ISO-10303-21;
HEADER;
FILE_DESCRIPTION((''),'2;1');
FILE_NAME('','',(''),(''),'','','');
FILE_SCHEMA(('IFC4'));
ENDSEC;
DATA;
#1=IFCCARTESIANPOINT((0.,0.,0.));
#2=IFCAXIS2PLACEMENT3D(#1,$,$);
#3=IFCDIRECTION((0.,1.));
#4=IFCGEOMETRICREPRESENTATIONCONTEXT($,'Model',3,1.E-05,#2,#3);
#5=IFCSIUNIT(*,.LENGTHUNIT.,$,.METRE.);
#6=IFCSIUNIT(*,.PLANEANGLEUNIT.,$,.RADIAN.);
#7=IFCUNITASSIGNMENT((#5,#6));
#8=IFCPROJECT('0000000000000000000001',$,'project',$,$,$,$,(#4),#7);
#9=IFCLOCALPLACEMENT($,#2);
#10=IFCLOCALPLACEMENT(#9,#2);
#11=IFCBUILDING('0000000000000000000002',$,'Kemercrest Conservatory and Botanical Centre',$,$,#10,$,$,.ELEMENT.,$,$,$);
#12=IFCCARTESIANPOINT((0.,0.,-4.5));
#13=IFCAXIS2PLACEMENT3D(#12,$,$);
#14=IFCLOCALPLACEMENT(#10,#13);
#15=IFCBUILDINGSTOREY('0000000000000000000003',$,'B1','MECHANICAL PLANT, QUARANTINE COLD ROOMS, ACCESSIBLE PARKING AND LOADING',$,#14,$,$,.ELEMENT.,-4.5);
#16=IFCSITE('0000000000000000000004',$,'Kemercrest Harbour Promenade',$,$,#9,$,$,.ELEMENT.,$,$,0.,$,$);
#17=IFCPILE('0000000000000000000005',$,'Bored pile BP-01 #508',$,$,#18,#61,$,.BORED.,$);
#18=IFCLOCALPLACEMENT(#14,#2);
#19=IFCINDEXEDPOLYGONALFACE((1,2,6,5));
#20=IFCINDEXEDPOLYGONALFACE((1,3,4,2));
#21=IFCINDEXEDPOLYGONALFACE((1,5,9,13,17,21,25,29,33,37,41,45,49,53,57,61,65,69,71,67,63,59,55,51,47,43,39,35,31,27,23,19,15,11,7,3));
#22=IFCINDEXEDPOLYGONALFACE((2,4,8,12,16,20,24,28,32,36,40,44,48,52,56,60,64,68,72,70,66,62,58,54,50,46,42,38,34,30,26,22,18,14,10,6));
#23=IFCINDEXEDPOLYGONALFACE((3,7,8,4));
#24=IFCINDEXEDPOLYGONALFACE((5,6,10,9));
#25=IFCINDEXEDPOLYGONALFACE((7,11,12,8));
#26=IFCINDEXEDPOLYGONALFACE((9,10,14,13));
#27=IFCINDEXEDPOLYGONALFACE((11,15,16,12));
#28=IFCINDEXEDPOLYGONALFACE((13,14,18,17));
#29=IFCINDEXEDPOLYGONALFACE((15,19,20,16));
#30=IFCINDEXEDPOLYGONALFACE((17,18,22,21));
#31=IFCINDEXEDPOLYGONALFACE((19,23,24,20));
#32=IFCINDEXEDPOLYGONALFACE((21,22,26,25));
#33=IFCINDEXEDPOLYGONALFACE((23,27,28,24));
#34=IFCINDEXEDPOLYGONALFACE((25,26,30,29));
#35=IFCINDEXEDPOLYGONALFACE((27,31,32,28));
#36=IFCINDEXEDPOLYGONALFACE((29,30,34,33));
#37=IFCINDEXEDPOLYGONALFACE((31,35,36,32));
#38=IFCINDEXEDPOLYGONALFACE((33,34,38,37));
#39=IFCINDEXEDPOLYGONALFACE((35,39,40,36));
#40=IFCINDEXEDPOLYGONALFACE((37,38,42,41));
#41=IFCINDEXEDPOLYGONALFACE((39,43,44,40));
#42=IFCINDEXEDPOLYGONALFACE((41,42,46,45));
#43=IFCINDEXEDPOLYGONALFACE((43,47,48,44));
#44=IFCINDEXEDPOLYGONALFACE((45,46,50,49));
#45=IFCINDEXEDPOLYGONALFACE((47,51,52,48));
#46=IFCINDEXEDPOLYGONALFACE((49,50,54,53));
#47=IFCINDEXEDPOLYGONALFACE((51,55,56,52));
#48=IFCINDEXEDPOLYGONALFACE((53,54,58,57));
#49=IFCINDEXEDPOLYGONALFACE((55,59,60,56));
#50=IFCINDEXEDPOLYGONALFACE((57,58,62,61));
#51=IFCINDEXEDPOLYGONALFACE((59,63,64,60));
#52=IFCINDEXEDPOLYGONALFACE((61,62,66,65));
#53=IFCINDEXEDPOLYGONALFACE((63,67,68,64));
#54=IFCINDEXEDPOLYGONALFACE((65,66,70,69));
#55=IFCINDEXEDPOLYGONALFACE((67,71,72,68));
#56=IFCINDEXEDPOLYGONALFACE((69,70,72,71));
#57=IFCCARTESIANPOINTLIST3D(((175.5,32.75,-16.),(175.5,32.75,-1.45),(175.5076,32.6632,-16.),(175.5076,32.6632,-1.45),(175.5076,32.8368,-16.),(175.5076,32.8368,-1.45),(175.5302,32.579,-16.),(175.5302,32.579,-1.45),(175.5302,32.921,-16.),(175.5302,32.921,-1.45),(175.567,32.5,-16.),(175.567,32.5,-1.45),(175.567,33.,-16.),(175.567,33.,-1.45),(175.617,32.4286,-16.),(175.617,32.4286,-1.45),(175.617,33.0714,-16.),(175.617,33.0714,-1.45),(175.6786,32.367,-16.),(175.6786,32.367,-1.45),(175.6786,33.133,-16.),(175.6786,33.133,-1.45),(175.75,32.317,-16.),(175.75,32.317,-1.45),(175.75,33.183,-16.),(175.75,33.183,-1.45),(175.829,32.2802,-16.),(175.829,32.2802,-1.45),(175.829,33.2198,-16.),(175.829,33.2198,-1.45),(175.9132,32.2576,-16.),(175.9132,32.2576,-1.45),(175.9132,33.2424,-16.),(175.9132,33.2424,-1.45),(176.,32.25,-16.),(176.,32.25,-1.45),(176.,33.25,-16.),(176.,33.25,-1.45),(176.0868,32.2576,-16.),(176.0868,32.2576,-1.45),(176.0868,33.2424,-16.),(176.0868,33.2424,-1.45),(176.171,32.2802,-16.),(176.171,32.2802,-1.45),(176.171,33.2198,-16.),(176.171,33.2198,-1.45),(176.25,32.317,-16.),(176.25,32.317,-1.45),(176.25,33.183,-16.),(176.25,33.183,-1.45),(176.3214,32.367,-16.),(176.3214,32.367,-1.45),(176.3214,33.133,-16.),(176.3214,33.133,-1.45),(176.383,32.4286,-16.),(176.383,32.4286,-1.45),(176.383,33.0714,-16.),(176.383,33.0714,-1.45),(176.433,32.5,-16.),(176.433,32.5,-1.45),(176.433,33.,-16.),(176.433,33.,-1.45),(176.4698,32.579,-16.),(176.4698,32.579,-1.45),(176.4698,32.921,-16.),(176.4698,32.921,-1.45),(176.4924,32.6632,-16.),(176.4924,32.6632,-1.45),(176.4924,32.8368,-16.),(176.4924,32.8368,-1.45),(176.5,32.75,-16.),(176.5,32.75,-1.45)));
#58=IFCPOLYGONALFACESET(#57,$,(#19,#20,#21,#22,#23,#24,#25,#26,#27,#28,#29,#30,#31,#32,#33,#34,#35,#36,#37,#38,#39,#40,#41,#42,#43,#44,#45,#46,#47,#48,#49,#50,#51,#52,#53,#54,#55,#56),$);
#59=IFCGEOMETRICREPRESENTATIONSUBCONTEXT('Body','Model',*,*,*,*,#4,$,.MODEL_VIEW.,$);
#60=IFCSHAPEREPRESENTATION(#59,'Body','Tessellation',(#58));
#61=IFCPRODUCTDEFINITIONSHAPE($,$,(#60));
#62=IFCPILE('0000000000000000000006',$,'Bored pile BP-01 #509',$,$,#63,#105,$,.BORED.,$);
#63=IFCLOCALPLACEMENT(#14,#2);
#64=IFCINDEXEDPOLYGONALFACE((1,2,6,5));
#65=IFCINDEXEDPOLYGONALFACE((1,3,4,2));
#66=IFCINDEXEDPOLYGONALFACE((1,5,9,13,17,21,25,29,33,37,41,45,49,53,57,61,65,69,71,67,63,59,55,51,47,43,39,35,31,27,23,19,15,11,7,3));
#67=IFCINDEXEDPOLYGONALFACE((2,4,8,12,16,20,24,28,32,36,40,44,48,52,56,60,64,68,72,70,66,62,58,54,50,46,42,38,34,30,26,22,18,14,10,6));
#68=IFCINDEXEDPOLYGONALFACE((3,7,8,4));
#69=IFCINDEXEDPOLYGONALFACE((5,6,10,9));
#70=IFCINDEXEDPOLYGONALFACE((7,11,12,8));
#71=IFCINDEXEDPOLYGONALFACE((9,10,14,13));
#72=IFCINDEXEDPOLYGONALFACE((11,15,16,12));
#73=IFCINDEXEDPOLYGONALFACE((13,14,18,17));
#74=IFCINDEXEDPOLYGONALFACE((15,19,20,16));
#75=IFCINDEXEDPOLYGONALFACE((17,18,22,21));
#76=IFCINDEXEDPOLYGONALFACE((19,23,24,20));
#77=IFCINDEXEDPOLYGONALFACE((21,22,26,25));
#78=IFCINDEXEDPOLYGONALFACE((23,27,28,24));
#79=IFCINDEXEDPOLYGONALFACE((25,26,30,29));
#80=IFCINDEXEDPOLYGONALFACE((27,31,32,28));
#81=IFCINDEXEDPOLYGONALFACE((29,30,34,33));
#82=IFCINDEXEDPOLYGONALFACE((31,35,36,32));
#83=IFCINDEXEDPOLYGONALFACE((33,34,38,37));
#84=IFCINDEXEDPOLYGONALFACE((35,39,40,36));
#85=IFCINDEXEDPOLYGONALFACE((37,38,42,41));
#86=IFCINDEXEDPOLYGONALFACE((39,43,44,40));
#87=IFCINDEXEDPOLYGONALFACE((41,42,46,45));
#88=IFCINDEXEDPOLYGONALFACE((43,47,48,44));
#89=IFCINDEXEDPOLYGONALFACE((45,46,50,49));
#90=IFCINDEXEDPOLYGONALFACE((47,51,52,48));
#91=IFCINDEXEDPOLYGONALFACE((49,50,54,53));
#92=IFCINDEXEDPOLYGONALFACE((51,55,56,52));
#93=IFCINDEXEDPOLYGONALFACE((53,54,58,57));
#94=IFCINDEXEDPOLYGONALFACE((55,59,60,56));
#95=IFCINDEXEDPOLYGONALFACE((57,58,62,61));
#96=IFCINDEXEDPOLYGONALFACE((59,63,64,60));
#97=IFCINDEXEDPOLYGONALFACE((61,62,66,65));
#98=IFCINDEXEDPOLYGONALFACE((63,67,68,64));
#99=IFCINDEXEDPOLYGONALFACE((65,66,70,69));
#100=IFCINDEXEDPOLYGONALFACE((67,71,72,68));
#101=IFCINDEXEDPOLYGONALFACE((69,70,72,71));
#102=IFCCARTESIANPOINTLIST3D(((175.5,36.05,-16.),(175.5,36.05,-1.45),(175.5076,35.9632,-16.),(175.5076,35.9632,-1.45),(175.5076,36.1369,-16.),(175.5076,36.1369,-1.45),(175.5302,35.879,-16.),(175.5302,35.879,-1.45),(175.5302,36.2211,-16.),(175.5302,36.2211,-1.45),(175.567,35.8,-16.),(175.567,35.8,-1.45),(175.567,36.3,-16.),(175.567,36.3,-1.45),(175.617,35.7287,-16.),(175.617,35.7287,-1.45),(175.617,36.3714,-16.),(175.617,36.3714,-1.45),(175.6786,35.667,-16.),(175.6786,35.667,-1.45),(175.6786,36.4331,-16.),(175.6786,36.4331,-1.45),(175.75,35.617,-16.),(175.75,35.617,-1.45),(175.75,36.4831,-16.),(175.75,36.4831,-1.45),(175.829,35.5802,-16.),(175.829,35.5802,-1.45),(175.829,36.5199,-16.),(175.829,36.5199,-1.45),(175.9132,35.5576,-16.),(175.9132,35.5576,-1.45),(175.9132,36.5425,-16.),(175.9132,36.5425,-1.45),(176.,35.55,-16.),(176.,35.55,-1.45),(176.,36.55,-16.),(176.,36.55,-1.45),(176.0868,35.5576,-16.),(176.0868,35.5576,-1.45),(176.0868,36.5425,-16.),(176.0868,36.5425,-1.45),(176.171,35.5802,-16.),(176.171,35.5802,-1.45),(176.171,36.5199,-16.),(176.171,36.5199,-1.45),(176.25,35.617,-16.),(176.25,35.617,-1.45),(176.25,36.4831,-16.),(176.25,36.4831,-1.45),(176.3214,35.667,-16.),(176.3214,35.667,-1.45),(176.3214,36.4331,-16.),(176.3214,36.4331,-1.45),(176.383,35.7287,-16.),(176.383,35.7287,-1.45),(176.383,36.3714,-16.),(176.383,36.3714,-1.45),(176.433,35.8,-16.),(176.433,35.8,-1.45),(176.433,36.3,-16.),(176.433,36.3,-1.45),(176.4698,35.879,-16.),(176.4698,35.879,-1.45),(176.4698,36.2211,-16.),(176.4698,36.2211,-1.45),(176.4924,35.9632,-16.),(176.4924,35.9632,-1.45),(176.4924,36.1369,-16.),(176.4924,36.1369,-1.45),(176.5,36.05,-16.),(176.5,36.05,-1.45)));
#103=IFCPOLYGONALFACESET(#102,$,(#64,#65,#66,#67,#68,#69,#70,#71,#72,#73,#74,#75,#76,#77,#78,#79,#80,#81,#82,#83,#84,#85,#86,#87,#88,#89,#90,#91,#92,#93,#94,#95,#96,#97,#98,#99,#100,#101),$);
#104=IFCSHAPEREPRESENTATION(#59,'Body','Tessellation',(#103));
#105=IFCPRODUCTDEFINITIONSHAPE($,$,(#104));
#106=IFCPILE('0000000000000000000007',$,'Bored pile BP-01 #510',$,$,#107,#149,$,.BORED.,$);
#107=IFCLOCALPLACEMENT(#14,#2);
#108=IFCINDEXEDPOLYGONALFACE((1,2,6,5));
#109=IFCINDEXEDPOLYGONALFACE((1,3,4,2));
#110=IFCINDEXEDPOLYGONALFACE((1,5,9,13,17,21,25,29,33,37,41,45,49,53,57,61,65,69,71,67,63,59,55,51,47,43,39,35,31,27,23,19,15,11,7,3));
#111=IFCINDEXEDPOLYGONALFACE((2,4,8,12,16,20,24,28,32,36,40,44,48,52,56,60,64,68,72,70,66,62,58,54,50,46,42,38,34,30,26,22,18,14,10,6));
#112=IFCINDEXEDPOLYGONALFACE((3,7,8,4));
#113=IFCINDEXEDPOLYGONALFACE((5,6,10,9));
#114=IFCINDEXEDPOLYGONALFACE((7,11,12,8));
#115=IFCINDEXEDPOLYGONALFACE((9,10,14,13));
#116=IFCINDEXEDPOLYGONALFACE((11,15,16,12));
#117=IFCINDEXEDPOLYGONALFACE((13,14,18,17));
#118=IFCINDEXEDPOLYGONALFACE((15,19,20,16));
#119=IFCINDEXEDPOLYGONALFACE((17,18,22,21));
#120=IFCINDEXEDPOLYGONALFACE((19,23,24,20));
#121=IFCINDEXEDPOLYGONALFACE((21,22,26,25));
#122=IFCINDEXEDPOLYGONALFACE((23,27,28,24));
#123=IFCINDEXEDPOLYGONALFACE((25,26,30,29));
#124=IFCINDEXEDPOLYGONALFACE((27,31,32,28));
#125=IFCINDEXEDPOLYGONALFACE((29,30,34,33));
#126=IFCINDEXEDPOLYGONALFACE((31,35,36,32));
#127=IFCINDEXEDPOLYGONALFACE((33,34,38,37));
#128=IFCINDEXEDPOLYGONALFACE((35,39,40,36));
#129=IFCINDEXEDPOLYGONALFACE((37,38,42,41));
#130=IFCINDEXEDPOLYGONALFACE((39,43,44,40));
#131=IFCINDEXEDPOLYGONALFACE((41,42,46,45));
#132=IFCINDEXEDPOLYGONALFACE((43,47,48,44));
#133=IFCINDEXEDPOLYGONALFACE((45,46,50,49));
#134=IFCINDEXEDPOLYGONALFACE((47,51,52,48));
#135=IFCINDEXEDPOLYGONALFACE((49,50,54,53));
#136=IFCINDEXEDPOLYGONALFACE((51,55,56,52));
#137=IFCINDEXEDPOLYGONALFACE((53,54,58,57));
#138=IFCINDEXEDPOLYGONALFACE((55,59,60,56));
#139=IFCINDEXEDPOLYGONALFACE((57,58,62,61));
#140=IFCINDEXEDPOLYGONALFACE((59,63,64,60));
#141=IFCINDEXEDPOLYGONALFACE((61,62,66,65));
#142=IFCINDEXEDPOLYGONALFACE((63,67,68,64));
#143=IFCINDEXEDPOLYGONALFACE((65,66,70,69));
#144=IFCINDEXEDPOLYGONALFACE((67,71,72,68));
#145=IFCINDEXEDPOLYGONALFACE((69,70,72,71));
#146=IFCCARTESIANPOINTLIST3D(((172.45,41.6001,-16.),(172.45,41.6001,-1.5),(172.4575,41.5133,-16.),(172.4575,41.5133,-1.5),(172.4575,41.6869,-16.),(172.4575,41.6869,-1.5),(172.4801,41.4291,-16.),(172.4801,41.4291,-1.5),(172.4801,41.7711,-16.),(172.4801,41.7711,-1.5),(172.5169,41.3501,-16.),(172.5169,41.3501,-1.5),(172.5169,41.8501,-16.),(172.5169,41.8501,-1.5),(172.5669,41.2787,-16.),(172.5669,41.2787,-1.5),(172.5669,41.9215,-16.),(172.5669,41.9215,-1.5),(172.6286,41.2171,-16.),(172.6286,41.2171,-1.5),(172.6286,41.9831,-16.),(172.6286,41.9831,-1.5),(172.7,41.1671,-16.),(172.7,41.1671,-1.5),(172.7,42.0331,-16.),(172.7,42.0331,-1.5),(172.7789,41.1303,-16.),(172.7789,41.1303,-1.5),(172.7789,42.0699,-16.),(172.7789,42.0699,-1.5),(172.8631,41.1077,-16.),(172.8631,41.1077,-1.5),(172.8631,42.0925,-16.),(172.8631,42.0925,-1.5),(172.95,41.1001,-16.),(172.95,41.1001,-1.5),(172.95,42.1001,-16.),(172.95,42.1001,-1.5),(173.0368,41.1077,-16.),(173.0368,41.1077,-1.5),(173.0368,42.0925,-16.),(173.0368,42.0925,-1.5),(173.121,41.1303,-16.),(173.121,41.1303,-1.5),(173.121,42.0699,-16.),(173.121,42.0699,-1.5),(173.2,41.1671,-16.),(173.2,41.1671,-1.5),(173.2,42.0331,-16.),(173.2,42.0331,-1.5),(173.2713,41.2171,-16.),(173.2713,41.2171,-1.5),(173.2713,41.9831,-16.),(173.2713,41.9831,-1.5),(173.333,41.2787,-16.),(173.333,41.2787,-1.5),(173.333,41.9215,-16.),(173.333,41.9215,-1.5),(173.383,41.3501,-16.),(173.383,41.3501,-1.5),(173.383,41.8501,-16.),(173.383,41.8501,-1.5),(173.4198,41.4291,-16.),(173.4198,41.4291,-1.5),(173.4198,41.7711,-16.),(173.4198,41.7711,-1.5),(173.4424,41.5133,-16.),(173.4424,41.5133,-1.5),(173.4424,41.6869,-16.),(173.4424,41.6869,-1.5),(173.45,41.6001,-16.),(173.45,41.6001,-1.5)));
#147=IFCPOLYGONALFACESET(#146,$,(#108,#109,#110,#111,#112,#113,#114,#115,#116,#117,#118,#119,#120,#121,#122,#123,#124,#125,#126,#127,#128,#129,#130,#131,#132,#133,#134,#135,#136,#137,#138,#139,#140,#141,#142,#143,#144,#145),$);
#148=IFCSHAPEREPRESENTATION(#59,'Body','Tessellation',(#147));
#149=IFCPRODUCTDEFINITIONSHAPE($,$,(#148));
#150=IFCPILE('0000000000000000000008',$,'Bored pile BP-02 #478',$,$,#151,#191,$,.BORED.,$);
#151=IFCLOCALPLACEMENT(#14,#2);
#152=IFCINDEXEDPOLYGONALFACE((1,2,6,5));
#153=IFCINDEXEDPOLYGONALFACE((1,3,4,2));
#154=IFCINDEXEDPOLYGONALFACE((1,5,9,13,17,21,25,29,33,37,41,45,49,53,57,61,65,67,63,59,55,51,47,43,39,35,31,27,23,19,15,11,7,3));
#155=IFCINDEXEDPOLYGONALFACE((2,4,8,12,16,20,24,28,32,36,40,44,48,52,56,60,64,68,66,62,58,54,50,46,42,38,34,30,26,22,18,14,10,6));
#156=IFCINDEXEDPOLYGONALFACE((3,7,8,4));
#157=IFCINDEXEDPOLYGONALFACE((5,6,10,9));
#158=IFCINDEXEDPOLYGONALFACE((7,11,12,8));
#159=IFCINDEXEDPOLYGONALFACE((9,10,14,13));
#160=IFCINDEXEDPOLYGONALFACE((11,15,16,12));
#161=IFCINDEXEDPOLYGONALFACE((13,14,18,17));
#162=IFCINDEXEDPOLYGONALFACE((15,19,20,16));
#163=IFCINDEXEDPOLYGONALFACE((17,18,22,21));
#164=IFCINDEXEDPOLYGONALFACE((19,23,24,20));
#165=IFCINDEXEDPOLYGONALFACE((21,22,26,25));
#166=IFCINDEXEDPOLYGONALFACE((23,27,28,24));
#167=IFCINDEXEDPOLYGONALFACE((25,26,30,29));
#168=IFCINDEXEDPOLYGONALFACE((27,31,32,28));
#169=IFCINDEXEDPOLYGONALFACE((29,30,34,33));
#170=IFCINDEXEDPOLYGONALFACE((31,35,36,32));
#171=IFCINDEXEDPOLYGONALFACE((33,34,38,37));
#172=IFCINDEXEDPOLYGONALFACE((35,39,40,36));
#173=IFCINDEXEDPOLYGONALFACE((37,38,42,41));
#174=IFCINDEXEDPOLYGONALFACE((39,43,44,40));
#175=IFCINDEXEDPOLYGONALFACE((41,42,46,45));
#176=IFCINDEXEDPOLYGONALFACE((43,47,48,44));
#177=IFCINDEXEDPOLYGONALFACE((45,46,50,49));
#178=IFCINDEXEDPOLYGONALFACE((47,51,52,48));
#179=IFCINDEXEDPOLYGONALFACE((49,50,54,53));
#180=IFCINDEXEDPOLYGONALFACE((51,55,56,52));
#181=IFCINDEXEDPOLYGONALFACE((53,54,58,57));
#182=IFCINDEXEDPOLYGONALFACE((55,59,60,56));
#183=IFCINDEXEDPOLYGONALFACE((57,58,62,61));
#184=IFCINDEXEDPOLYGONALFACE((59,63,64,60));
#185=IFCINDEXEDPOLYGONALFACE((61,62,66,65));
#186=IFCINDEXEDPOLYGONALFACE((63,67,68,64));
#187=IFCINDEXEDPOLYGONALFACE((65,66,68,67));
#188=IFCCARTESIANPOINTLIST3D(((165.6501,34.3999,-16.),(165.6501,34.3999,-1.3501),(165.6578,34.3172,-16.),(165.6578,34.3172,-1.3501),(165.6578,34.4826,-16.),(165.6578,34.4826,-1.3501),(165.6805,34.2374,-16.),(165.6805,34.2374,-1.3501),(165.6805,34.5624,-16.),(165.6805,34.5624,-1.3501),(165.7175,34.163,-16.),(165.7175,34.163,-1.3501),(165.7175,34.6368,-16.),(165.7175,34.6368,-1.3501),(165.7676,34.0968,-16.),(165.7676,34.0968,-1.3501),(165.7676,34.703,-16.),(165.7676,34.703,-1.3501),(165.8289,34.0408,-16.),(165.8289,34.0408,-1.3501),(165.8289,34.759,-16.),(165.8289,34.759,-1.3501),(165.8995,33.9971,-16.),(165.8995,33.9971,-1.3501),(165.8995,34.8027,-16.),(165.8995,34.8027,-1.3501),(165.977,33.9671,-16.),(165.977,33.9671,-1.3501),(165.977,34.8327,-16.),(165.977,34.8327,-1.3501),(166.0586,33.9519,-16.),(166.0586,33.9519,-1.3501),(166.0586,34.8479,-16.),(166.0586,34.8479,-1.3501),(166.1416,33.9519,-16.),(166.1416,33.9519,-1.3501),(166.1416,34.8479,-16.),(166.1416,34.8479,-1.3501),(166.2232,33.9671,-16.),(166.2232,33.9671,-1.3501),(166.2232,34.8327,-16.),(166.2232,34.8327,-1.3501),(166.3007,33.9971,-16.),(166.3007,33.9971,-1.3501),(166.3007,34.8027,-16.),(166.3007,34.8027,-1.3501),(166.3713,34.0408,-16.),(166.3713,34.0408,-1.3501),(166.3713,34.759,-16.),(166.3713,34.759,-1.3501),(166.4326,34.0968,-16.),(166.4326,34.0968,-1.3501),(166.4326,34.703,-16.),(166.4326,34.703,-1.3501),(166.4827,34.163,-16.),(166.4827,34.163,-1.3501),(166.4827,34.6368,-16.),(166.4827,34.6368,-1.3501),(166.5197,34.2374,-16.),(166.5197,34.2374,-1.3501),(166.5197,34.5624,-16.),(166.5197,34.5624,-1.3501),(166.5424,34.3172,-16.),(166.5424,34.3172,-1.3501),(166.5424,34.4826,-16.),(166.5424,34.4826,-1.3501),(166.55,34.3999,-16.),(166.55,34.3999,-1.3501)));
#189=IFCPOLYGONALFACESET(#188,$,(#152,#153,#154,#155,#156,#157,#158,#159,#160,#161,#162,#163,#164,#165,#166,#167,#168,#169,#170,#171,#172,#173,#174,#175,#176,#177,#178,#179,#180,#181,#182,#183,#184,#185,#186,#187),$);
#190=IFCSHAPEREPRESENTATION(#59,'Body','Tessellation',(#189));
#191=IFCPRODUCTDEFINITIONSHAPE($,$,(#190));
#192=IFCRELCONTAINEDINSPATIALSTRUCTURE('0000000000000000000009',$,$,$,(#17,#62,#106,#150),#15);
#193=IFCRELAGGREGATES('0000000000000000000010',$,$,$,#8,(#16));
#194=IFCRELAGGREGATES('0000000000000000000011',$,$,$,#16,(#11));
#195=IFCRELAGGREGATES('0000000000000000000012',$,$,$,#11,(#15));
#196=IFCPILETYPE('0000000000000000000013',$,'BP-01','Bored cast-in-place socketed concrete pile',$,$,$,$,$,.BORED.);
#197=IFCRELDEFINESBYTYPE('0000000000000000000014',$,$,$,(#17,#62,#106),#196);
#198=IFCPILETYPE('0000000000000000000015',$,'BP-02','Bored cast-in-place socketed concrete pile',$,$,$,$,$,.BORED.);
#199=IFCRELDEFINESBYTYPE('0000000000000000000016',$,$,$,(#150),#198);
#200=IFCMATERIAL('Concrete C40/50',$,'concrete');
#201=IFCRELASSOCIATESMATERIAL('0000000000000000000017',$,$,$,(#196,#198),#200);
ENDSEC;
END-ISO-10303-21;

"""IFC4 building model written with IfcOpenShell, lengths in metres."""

from ifc_helpers import new_model, si_unit, direction, frame, origin, origin_2d, place, context, subcontext, project, spatial, circle, extrude, material, material_profile, profile_set, type_object, element, save


model = new_model("IFC4")

# Units and contexts
model_context = context("Model", 3, precision=1e-05, world=origin(), true_north=direction((0.0, 1.0)))
body_context = subcontext(model_context, "Body", "Model", "MODEL_VIEW")
ifc_project = project(units=[si_unit("LENGTHUNIT", "METRE"), si_unit("PLANEANGLEUNIT", "RADIAN")], contexts=[model_context])

# Site, building, storey
site_placement = place(None, origin())
site = spatial("IfcSite", under=ifc_project, at=site_placement, Name="Kemercrest Harbour Promenade", CompositionType="ELEMENT", RefElevation=0.0)
building_placement = place(site_placement, origin())
building = spatial("IfcBuilding", under=site, at=building_placement, Name="Kemercrest Conservatory and Botanical Centre", CompositionType="ELEMENT")
storey_placement = place(building_placement, frame((0.0, 0.0, -4.5)))
storey = spatial("IfcBuildingStorey", under=building, at=storey_placement, Name="B1", Description="MECHANICAL PLANT, QUARANTINE COLD ROOMS, ACCESSIBLE PARKING AND LOADING", CompositionType="ELEMENT", Elevation=-4.5)

# Piles
ifc_material_1 = material(Name="Concrete C40/50", Category="concrete")
ifc_material_profile_1 = material_profile(ifc_material_1, circle(Radius=0.5, at=origin_2d()), Name="BORED PILE 1000")
ifc_profile_set_1 = profile_set([ifc_material_profile_1], Name="Concrete C40/50")
pile_type_1 = type_object("IfcPileType", Name="BP-01", Description="Bored cast-in-place socketed concrete pile", PredefinedType="BORED", material=ifc_profile_set_1)
for number, where, z_axis, x_axis, name in (
    (1, (176.0, 32.75, -1.45), (0.0, 0.0, -1.0), (1.0, 0.0, 0.0), "Bored pile BP-01 #508"),
    (2, (176.0, 36.05, -1.45), (0.0, 0.0, -1.0), (1.0, 0.0, 0.0), "Bored pile BP-01 #509"),
):
    element("IfcPile", number, at=place(storey_placement, frame(where, z_axis=z_axis, x_axis=x_axis)), inside=storey, type_object=pile_type_1, Name=name, PredefinedType="BORED", context=body_context, shape_type="SweptSolid", body=[
        extrude(circle(Radius=0.5, at=origin_2d()), origin(), (0.0, 0.0, 1.0), 14.55),
    ])
pile_1_placement = place(storey_placement, frame((172.95, 41.6001, -1.5), z_axis=(0.0, 0.0, -1.0), x_axis=(1.0, 0.0, 0.0)))
element("IfcPile", 3, at=pile_1_placement, inside=storey, type_object=pile_type_1, Name="Bored pile BP-01 #510", PredefinedType="BORED", context=body_context, shape_type="SweptSolid", body=[
    extrude(circle(Radius=0.5, at=origin_2d()), origin(), (0.0, 0.0, 1.0), 14.5),
])
ifc_material_profile_2 = material_profile(ifc_material_1, circle(Radius=0.45, at=origin_2d()), Name="BORED PILE 900")
ifc_profile_set_2 = profile_set([ifc_material_profile_2], Name="Concrete C40/50")
pile_type_2 = type_object("IfcPileType", Name="BP-02", Description="Bored cast-in-place socketed concrete pile", PredefinedType="BORED", material=ifc_profile_set_2)
for number, where, z_axis, x_axis, name in (
    (4, (166.1001, 34.3999, -1.3501), (0.0, 0.0, -1.0), (1.0, 0.0, 0.0), "Bored pile BP-02 #478"),
):
    element("IfcPile", number, at=place(storey_placement, frame(where, z_axis=z_axis, x_axis=x_axis)), inside=storey, type_object=pile_type_2, Name=name, PredefinedType="BORED", context=body_context, shape_type="SweptSolid", body=[
        extrude(circle(Radius=0.45, at=origin_2d()), origin(), (0.0, 0.0, 1.0), 14.6499),
    ])

save(model, "model.ifc")
